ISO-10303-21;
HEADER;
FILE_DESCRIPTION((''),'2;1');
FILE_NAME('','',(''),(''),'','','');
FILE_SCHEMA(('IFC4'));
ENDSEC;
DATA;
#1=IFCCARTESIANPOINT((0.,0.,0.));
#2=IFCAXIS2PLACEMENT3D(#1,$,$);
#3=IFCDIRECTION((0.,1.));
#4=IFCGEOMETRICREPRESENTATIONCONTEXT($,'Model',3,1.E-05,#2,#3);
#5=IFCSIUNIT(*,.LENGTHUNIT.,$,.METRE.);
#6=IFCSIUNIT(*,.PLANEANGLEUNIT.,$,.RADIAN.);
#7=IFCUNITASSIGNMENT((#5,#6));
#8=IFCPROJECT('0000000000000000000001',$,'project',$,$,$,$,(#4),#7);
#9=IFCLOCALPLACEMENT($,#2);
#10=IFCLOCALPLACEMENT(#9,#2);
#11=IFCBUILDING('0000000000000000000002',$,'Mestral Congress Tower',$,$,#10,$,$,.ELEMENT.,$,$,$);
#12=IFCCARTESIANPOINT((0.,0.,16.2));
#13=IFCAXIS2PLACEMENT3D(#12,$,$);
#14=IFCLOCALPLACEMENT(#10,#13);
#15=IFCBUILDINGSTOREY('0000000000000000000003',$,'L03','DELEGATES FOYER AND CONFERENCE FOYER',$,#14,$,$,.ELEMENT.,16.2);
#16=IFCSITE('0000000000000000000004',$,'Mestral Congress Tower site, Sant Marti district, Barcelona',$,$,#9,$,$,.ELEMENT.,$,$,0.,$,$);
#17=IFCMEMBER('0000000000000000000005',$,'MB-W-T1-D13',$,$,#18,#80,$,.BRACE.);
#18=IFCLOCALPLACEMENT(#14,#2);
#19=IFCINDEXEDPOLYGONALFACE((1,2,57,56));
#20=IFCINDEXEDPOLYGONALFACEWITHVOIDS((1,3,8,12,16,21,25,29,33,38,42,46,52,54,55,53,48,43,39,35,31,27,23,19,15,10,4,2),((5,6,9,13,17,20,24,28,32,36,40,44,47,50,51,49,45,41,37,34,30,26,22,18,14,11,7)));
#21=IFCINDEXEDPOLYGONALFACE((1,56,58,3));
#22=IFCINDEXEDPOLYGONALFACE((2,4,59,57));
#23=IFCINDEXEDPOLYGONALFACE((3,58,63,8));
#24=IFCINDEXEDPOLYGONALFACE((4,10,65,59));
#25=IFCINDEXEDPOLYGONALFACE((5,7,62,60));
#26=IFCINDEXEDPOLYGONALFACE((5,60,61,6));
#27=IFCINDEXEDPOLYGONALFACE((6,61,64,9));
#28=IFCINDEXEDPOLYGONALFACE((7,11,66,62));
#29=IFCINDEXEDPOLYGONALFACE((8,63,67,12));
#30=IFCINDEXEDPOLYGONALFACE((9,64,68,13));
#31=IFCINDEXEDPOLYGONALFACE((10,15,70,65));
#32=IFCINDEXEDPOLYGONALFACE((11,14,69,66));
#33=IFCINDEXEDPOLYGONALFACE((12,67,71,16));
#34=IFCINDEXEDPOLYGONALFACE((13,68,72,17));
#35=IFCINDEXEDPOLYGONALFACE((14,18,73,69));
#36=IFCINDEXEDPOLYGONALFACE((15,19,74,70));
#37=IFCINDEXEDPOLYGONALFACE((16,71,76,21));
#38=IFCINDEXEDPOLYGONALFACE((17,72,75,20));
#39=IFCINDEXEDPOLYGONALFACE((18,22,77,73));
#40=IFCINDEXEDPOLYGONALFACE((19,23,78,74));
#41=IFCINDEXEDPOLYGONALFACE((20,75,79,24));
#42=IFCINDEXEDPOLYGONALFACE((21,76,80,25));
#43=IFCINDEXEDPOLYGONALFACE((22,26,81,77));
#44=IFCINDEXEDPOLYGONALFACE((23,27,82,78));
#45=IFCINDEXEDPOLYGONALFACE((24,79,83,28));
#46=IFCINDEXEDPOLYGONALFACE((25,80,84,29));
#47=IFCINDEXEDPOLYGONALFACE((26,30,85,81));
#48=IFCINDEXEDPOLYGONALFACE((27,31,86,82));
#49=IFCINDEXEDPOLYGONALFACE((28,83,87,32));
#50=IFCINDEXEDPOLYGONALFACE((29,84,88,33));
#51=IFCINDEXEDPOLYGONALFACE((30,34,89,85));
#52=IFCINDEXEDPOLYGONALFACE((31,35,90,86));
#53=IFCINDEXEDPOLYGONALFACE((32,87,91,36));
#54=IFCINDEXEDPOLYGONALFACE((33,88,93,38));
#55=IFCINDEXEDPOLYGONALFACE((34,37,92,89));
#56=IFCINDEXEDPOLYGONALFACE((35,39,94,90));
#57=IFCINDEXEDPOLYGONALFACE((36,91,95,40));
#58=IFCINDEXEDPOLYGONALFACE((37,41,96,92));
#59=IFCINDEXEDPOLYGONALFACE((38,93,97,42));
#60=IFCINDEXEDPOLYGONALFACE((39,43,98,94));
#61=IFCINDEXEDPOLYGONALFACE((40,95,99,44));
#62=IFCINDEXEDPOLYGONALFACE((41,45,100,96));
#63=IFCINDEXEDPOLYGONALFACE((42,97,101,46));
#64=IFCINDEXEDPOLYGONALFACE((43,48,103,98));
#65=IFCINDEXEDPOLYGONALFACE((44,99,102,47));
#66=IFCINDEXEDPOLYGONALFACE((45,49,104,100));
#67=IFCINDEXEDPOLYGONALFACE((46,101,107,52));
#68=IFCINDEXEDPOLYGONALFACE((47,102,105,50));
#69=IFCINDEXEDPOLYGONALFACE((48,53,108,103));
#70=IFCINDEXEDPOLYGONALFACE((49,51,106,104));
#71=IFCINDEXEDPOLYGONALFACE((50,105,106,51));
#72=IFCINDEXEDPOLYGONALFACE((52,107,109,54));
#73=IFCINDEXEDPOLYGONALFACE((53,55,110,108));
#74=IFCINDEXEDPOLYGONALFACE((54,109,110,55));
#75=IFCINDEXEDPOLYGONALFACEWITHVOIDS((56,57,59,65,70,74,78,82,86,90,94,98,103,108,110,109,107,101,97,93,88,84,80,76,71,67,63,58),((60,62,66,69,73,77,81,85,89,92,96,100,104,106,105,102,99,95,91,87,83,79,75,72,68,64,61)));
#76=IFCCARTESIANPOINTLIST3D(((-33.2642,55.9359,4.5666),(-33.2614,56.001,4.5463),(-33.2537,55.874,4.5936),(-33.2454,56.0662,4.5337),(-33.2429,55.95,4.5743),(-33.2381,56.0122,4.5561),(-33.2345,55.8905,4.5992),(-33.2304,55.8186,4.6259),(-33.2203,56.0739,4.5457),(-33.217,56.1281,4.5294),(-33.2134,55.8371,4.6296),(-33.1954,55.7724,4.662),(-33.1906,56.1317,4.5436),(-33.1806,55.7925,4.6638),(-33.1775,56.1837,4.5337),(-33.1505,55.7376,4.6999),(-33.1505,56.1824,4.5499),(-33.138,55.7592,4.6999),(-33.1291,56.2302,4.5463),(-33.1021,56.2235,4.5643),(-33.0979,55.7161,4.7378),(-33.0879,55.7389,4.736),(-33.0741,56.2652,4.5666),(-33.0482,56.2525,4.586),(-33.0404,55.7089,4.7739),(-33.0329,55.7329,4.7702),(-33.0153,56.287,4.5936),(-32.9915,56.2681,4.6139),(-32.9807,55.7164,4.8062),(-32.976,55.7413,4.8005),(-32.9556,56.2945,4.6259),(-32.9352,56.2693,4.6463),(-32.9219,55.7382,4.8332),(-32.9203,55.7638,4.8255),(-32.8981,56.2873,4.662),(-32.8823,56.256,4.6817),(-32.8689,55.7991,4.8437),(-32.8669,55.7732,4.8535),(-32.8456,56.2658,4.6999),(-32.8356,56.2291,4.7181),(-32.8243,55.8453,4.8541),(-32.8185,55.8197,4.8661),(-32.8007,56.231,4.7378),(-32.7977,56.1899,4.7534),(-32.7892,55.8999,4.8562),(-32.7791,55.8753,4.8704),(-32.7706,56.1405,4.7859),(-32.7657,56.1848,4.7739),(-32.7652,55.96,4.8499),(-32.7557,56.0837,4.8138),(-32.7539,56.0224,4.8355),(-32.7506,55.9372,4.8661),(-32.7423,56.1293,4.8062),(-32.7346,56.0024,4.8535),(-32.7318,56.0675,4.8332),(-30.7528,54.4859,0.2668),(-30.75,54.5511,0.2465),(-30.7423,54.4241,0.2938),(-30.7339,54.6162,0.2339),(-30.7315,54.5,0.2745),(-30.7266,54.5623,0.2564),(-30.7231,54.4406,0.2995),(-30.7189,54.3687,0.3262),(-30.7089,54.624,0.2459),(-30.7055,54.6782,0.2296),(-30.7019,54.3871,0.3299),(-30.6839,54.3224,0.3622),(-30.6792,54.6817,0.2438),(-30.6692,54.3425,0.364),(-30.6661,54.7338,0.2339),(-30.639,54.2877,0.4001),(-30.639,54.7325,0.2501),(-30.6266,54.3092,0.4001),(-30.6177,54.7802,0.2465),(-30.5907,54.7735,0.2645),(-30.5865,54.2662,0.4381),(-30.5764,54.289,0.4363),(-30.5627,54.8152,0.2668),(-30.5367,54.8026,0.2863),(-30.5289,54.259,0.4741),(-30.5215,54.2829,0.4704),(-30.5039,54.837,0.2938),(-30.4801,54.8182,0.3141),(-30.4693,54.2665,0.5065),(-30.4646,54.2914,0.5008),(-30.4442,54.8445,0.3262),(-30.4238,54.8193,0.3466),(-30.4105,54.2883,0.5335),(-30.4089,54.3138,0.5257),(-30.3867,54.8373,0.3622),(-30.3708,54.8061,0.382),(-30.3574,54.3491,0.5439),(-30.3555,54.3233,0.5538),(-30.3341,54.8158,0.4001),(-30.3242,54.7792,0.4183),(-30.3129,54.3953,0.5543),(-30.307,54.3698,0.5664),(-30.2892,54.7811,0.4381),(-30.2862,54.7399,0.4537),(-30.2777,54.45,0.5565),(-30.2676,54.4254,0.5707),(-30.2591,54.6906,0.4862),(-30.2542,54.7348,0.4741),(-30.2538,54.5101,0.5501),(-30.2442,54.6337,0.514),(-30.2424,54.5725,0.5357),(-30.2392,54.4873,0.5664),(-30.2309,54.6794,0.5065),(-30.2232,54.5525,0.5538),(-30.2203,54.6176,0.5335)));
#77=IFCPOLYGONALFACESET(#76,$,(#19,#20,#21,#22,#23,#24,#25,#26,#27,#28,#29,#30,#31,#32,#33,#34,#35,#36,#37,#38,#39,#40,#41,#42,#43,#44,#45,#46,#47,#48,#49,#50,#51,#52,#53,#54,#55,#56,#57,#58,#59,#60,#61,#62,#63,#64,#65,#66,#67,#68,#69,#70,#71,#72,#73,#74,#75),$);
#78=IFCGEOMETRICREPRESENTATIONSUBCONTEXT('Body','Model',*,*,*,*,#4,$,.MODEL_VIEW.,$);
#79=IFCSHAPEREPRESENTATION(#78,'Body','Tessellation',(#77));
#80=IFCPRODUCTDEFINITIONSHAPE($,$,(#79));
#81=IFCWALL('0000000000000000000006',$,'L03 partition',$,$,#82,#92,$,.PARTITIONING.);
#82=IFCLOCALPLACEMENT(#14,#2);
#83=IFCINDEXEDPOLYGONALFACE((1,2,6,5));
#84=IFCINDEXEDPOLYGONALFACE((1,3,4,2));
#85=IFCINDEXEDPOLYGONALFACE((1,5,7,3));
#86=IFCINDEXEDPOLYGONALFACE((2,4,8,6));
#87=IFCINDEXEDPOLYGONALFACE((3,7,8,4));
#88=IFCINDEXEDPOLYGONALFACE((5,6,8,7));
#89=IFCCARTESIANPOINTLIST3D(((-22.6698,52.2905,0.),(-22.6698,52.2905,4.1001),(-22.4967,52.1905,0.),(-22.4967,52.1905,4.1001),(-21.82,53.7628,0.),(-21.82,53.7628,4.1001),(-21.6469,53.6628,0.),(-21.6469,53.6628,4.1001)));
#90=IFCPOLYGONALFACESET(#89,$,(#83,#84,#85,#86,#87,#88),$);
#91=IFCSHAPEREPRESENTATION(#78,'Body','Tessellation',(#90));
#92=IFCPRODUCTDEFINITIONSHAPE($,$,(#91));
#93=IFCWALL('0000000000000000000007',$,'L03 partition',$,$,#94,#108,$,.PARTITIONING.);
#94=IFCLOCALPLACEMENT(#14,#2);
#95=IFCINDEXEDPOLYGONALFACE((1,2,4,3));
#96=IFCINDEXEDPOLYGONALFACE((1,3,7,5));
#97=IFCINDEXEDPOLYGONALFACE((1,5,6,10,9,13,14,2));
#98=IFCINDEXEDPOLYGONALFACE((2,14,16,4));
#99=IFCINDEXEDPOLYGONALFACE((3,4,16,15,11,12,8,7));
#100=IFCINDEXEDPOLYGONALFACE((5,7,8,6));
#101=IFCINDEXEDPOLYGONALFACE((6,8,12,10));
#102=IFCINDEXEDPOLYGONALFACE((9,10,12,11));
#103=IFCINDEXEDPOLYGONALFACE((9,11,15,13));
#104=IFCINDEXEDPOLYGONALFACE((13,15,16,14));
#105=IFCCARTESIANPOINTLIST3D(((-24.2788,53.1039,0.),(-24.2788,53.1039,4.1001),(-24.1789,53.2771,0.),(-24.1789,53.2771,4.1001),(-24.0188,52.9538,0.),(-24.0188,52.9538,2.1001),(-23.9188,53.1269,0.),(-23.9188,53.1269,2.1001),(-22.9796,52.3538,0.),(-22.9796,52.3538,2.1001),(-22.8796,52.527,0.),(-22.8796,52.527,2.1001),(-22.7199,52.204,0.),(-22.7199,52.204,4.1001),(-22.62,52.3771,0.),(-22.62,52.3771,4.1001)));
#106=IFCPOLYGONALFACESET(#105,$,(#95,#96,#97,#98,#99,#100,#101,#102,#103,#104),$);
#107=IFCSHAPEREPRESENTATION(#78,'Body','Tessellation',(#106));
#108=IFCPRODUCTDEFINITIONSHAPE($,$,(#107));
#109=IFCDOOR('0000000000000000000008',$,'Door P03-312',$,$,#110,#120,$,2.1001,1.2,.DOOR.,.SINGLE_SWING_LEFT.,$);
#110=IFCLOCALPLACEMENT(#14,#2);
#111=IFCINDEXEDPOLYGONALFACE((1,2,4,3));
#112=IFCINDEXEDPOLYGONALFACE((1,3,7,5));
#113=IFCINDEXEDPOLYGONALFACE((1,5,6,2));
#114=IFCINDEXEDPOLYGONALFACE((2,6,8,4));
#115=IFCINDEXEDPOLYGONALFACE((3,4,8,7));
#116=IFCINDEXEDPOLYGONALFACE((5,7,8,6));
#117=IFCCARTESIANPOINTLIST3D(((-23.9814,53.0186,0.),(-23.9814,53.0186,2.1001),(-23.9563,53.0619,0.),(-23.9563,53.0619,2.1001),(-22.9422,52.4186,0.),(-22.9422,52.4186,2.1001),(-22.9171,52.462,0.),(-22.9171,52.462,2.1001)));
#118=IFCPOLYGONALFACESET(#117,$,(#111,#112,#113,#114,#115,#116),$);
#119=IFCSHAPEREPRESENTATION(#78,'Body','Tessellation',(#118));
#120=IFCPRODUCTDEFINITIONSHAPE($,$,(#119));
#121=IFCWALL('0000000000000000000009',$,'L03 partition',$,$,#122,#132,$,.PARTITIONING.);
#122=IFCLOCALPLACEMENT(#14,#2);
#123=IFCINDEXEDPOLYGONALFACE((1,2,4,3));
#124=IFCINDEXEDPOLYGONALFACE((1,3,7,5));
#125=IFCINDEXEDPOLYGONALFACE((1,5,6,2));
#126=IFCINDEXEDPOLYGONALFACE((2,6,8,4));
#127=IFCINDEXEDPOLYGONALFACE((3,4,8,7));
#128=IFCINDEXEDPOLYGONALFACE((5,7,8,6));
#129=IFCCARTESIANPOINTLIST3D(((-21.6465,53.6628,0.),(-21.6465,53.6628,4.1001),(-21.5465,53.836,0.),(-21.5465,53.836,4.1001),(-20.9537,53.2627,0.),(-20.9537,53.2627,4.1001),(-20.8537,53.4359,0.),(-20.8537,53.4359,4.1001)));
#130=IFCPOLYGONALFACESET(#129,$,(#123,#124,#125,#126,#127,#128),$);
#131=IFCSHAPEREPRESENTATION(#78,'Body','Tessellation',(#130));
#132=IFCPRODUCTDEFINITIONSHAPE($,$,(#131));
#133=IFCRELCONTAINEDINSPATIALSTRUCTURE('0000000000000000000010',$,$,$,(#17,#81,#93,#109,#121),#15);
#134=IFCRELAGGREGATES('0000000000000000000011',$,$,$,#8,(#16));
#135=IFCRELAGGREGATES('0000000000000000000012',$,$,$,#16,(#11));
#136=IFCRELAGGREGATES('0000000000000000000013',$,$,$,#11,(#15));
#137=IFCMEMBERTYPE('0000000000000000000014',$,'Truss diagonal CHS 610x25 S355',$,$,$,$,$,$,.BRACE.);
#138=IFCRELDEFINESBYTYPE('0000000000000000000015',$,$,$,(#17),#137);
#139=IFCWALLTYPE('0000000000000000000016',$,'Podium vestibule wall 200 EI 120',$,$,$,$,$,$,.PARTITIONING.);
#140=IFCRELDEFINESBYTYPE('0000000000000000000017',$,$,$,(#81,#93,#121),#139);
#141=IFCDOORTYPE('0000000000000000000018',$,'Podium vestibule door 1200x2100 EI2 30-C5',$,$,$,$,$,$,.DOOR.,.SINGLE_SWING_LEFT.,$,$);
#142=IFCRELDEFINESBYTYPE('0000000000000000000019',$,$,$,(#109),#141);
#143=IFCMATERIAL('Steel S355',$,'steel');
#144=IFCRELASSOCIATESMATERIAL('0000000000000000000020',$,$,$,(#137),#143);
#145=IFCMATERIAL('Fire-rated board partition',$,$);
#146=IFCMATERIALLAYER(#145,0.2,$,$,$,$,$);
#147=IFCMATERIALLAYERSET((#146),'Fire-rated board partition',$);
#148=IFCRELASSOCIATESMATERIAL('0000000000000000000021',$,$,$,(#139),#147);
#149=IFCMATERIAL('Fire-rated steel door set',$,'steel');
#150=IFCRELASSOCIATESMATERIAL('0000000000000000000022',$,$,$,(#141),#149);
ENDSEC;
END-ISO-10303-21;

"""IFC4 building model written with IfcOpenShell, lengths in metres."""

from ifc_helpers import new_model, si_unit, direction, frame, frame_2d, origin, origin_2d, place, context, subcontext, project, spatial, rectangle, hollow_circle, extrude, material, layer, layer_set, material_profile, profile_set, type_object, element, fill, save


model = new_model("IFC4")

# Units and contexts
model_context = context("Model", 3, precision=1e-05, world=origin(), true_north=direction((0.0, 1.0)))
body_context = subcontext(model_context, "Body", "Model", "MODEL_VIEW")
ifc_project = project(units=[si_unit("LENGTHUNIT", "METRE"), si_unit("PLANEANGLEUNIT", "RADIAN")], contexts=[model_context])

# Site, building, storey
site_placement = place(None, origin())
site = spatial("IfcSite", under=ifc_project, at=site_placement, Name="Mestral Congress Tower site, Sant Marti district, Barcelona", CompositionType="ELEMENT", RefElevation=0.0)
building_placement = place(site_placement, origin())
building = spatial("IfcBuilding", under=site, at=building_placement, Name="Mestral Congress Tower", CompositionType="ELEMENT")
storey_placement = place(building_placement, frame((0.0, 0.0, 16.2)))
storey = spatial("IfcBuildingStorey", under=building, at=storey_placement, Name="L03", Description="DELEGATES FOYER AND CONFERENCE FOYER", CompositionType="ELEMENT", Elevation=16.2)

# Member
ifc_material_1 = material(Name="Steel S355", Category="steel")
ifc_material_profile_1 = material_profile(ifc_material_1, hollow_circle(Radius=0.3049, WallThickness=0.0249, at=origin_2d()), Name="CHS 610x25")
ifc_profile_set_1 = profile_set([ifc_material_profile_1], Name="Steel S355")
member_type_1 = type_object("IfcMemberType", Name="Truss diagonal CHS 610x25 S355", PredefinedType="BRACE", material=ifc_profile_set_1)
member_1_placement = place(storey_placement, frame((-30.4866, 54.5518, 0.4001), z_axis=(-0.484247, 0.279571, 0.829062), x_axis=(-0.499987, -0.866033, 0.0)))
element("IfcMember", 1, at=member_1_placement, inside=storey, type_object=member_type_1, Name="MB-W-T1-D13", PredefinedType="BRACE", context=body_context, shape_type="SweptSolid", body=[
    extrude(hollow_circle(Radius=0.3049, WallThickness=0.0249, at=origin_2d()), origin(), (0.0, 0.0, 1.0), 5.1863),
])

# Wall
ifc_material_2 = material(Name="Fire-rated board partition")
ifc_layer = layer(ifc_material_2, 0.2)
ifc_layer_set = layer_set([ifc_layer], Name="Fire-rated board partition")
wall_type = type_object("IfcWallType", Name="Podium vestibule wall 200 EI 120", PredefinedType="PARTITIONING", material=ifc_layer_set)
wall_1_placement = place(storey_placement, frame((-21.7334, 53.7129, 0.0), z_axis=(0.0, 0.0, 1.0), x_axis=(-0.499892, -0.866088, 0.0)))
element("IfcWall", 2, at=wall_1_placement, inside=storey, type_object=wall_type, Name="L03 partition", PredefinedType="PARTITIONING", context=body_context, shape_type="SweptSolid", body=[
    extrude(rectangle(XDim=1.7, YDim=0.2, at=frame_2d((0.8501, 0.0))), origin(), (0.0, 0.0, 1.0), 4.1001),
])

# Wall, opening, door
wall_2_placement = place(storey_placement, frame((-24.2288, 53.1904, 0.0), z_axis=(0.0, 0.0, 1.0), x_axis=(0.866048, -0.499961, 0.0)))
wall_2 = element("IfcWall", 3, at=wall_2_placement, inside=storey, type_object=wall_type, Name="L03 partition", PredefinedType="PARTITIONING", context=body_context, shape_type="SweptSolid", body=[
    extrude(rectangle(XDim=1.8, YDim=0.2, at=frame_2d((0.8999, 0.0))), origin(), (0.0, 0.0, 1.0), 4.1001),
])
opening_placement = place(wall_2_placement, frame((0.3, 0.0, 0.0)))
opening = element("IfcOpeningElement", 4, at=opening_placement, cuts=wall_2, PredefinedType="OPENING", context=body_context, shape_type="SweptSolid", body=[
    extrude(rectangle(XDim=1.2, YDim=2.1001, at=frame_2d((0.6001, 1.05))), frame((0.0, 0.1099, 0.0), z_axis=(0.0, -1.0, 0.0), x_axis=(1.0, 0.0, 0.0)), (0.0, 0.0, 1.0), 0.22),
])
ifc_material_3 = material(Name="Fire-rated steel door set", Category="steel")
door_type = type_object("IfcDoorType", Name="Podium vestibule door 1200x2100 EI2 30-C5", OperationType="SINGLE_SWING_LEFT", PredefinedType="DOOR", material=ifc_material_3)
door_placement = place(opening_placement, origin())
door = element("IfcDoor", 5, at=door_placement, inside=storey, type_object=door_type, Name="Door P03-312", OperationType="SINGLE_SWING_LEFT", OverallHeight=2.1001, OverallWidth=1.2, PredefinedType="DOOR", context=body_context, shape_type="SweptSolid", body=[
    extrude(rectangle(XDim=1.2, YDim=2.1001, at=frame_2d((0.6001, 1.05))), frame((0.0, 0.0249, 0.0), z_axis=(0.0, -1.0, 0.0), x_axis=(1.0, 0.0, 0.0)), (0.0, 0.0, 1.0), 0.05),
])
fill(opening, door)

# Wall
wall_3_placement = place(storey_placement, frame((-20.9038, 53.3494, 0.0), z_axis=(0.0, 0.0, 1.0), x_axis=(-0.865962, 0.50011, 0.0)))
element("IfcWall", 6, at=wall_3_placement, inside=storey, type_object=wall_type, Name="L03 partition", PredefinedType="PARTITIONING", context=body_context, shape_type="SweptSolid", body=[
    extrude(rectangle(XDim=0.8, YDim=0.2, at=frame_2d((0.3999, 0.0))), origin(), (0.0, 0.0, 1.0), 4.1001),
])

save(model, "model.ifc")
